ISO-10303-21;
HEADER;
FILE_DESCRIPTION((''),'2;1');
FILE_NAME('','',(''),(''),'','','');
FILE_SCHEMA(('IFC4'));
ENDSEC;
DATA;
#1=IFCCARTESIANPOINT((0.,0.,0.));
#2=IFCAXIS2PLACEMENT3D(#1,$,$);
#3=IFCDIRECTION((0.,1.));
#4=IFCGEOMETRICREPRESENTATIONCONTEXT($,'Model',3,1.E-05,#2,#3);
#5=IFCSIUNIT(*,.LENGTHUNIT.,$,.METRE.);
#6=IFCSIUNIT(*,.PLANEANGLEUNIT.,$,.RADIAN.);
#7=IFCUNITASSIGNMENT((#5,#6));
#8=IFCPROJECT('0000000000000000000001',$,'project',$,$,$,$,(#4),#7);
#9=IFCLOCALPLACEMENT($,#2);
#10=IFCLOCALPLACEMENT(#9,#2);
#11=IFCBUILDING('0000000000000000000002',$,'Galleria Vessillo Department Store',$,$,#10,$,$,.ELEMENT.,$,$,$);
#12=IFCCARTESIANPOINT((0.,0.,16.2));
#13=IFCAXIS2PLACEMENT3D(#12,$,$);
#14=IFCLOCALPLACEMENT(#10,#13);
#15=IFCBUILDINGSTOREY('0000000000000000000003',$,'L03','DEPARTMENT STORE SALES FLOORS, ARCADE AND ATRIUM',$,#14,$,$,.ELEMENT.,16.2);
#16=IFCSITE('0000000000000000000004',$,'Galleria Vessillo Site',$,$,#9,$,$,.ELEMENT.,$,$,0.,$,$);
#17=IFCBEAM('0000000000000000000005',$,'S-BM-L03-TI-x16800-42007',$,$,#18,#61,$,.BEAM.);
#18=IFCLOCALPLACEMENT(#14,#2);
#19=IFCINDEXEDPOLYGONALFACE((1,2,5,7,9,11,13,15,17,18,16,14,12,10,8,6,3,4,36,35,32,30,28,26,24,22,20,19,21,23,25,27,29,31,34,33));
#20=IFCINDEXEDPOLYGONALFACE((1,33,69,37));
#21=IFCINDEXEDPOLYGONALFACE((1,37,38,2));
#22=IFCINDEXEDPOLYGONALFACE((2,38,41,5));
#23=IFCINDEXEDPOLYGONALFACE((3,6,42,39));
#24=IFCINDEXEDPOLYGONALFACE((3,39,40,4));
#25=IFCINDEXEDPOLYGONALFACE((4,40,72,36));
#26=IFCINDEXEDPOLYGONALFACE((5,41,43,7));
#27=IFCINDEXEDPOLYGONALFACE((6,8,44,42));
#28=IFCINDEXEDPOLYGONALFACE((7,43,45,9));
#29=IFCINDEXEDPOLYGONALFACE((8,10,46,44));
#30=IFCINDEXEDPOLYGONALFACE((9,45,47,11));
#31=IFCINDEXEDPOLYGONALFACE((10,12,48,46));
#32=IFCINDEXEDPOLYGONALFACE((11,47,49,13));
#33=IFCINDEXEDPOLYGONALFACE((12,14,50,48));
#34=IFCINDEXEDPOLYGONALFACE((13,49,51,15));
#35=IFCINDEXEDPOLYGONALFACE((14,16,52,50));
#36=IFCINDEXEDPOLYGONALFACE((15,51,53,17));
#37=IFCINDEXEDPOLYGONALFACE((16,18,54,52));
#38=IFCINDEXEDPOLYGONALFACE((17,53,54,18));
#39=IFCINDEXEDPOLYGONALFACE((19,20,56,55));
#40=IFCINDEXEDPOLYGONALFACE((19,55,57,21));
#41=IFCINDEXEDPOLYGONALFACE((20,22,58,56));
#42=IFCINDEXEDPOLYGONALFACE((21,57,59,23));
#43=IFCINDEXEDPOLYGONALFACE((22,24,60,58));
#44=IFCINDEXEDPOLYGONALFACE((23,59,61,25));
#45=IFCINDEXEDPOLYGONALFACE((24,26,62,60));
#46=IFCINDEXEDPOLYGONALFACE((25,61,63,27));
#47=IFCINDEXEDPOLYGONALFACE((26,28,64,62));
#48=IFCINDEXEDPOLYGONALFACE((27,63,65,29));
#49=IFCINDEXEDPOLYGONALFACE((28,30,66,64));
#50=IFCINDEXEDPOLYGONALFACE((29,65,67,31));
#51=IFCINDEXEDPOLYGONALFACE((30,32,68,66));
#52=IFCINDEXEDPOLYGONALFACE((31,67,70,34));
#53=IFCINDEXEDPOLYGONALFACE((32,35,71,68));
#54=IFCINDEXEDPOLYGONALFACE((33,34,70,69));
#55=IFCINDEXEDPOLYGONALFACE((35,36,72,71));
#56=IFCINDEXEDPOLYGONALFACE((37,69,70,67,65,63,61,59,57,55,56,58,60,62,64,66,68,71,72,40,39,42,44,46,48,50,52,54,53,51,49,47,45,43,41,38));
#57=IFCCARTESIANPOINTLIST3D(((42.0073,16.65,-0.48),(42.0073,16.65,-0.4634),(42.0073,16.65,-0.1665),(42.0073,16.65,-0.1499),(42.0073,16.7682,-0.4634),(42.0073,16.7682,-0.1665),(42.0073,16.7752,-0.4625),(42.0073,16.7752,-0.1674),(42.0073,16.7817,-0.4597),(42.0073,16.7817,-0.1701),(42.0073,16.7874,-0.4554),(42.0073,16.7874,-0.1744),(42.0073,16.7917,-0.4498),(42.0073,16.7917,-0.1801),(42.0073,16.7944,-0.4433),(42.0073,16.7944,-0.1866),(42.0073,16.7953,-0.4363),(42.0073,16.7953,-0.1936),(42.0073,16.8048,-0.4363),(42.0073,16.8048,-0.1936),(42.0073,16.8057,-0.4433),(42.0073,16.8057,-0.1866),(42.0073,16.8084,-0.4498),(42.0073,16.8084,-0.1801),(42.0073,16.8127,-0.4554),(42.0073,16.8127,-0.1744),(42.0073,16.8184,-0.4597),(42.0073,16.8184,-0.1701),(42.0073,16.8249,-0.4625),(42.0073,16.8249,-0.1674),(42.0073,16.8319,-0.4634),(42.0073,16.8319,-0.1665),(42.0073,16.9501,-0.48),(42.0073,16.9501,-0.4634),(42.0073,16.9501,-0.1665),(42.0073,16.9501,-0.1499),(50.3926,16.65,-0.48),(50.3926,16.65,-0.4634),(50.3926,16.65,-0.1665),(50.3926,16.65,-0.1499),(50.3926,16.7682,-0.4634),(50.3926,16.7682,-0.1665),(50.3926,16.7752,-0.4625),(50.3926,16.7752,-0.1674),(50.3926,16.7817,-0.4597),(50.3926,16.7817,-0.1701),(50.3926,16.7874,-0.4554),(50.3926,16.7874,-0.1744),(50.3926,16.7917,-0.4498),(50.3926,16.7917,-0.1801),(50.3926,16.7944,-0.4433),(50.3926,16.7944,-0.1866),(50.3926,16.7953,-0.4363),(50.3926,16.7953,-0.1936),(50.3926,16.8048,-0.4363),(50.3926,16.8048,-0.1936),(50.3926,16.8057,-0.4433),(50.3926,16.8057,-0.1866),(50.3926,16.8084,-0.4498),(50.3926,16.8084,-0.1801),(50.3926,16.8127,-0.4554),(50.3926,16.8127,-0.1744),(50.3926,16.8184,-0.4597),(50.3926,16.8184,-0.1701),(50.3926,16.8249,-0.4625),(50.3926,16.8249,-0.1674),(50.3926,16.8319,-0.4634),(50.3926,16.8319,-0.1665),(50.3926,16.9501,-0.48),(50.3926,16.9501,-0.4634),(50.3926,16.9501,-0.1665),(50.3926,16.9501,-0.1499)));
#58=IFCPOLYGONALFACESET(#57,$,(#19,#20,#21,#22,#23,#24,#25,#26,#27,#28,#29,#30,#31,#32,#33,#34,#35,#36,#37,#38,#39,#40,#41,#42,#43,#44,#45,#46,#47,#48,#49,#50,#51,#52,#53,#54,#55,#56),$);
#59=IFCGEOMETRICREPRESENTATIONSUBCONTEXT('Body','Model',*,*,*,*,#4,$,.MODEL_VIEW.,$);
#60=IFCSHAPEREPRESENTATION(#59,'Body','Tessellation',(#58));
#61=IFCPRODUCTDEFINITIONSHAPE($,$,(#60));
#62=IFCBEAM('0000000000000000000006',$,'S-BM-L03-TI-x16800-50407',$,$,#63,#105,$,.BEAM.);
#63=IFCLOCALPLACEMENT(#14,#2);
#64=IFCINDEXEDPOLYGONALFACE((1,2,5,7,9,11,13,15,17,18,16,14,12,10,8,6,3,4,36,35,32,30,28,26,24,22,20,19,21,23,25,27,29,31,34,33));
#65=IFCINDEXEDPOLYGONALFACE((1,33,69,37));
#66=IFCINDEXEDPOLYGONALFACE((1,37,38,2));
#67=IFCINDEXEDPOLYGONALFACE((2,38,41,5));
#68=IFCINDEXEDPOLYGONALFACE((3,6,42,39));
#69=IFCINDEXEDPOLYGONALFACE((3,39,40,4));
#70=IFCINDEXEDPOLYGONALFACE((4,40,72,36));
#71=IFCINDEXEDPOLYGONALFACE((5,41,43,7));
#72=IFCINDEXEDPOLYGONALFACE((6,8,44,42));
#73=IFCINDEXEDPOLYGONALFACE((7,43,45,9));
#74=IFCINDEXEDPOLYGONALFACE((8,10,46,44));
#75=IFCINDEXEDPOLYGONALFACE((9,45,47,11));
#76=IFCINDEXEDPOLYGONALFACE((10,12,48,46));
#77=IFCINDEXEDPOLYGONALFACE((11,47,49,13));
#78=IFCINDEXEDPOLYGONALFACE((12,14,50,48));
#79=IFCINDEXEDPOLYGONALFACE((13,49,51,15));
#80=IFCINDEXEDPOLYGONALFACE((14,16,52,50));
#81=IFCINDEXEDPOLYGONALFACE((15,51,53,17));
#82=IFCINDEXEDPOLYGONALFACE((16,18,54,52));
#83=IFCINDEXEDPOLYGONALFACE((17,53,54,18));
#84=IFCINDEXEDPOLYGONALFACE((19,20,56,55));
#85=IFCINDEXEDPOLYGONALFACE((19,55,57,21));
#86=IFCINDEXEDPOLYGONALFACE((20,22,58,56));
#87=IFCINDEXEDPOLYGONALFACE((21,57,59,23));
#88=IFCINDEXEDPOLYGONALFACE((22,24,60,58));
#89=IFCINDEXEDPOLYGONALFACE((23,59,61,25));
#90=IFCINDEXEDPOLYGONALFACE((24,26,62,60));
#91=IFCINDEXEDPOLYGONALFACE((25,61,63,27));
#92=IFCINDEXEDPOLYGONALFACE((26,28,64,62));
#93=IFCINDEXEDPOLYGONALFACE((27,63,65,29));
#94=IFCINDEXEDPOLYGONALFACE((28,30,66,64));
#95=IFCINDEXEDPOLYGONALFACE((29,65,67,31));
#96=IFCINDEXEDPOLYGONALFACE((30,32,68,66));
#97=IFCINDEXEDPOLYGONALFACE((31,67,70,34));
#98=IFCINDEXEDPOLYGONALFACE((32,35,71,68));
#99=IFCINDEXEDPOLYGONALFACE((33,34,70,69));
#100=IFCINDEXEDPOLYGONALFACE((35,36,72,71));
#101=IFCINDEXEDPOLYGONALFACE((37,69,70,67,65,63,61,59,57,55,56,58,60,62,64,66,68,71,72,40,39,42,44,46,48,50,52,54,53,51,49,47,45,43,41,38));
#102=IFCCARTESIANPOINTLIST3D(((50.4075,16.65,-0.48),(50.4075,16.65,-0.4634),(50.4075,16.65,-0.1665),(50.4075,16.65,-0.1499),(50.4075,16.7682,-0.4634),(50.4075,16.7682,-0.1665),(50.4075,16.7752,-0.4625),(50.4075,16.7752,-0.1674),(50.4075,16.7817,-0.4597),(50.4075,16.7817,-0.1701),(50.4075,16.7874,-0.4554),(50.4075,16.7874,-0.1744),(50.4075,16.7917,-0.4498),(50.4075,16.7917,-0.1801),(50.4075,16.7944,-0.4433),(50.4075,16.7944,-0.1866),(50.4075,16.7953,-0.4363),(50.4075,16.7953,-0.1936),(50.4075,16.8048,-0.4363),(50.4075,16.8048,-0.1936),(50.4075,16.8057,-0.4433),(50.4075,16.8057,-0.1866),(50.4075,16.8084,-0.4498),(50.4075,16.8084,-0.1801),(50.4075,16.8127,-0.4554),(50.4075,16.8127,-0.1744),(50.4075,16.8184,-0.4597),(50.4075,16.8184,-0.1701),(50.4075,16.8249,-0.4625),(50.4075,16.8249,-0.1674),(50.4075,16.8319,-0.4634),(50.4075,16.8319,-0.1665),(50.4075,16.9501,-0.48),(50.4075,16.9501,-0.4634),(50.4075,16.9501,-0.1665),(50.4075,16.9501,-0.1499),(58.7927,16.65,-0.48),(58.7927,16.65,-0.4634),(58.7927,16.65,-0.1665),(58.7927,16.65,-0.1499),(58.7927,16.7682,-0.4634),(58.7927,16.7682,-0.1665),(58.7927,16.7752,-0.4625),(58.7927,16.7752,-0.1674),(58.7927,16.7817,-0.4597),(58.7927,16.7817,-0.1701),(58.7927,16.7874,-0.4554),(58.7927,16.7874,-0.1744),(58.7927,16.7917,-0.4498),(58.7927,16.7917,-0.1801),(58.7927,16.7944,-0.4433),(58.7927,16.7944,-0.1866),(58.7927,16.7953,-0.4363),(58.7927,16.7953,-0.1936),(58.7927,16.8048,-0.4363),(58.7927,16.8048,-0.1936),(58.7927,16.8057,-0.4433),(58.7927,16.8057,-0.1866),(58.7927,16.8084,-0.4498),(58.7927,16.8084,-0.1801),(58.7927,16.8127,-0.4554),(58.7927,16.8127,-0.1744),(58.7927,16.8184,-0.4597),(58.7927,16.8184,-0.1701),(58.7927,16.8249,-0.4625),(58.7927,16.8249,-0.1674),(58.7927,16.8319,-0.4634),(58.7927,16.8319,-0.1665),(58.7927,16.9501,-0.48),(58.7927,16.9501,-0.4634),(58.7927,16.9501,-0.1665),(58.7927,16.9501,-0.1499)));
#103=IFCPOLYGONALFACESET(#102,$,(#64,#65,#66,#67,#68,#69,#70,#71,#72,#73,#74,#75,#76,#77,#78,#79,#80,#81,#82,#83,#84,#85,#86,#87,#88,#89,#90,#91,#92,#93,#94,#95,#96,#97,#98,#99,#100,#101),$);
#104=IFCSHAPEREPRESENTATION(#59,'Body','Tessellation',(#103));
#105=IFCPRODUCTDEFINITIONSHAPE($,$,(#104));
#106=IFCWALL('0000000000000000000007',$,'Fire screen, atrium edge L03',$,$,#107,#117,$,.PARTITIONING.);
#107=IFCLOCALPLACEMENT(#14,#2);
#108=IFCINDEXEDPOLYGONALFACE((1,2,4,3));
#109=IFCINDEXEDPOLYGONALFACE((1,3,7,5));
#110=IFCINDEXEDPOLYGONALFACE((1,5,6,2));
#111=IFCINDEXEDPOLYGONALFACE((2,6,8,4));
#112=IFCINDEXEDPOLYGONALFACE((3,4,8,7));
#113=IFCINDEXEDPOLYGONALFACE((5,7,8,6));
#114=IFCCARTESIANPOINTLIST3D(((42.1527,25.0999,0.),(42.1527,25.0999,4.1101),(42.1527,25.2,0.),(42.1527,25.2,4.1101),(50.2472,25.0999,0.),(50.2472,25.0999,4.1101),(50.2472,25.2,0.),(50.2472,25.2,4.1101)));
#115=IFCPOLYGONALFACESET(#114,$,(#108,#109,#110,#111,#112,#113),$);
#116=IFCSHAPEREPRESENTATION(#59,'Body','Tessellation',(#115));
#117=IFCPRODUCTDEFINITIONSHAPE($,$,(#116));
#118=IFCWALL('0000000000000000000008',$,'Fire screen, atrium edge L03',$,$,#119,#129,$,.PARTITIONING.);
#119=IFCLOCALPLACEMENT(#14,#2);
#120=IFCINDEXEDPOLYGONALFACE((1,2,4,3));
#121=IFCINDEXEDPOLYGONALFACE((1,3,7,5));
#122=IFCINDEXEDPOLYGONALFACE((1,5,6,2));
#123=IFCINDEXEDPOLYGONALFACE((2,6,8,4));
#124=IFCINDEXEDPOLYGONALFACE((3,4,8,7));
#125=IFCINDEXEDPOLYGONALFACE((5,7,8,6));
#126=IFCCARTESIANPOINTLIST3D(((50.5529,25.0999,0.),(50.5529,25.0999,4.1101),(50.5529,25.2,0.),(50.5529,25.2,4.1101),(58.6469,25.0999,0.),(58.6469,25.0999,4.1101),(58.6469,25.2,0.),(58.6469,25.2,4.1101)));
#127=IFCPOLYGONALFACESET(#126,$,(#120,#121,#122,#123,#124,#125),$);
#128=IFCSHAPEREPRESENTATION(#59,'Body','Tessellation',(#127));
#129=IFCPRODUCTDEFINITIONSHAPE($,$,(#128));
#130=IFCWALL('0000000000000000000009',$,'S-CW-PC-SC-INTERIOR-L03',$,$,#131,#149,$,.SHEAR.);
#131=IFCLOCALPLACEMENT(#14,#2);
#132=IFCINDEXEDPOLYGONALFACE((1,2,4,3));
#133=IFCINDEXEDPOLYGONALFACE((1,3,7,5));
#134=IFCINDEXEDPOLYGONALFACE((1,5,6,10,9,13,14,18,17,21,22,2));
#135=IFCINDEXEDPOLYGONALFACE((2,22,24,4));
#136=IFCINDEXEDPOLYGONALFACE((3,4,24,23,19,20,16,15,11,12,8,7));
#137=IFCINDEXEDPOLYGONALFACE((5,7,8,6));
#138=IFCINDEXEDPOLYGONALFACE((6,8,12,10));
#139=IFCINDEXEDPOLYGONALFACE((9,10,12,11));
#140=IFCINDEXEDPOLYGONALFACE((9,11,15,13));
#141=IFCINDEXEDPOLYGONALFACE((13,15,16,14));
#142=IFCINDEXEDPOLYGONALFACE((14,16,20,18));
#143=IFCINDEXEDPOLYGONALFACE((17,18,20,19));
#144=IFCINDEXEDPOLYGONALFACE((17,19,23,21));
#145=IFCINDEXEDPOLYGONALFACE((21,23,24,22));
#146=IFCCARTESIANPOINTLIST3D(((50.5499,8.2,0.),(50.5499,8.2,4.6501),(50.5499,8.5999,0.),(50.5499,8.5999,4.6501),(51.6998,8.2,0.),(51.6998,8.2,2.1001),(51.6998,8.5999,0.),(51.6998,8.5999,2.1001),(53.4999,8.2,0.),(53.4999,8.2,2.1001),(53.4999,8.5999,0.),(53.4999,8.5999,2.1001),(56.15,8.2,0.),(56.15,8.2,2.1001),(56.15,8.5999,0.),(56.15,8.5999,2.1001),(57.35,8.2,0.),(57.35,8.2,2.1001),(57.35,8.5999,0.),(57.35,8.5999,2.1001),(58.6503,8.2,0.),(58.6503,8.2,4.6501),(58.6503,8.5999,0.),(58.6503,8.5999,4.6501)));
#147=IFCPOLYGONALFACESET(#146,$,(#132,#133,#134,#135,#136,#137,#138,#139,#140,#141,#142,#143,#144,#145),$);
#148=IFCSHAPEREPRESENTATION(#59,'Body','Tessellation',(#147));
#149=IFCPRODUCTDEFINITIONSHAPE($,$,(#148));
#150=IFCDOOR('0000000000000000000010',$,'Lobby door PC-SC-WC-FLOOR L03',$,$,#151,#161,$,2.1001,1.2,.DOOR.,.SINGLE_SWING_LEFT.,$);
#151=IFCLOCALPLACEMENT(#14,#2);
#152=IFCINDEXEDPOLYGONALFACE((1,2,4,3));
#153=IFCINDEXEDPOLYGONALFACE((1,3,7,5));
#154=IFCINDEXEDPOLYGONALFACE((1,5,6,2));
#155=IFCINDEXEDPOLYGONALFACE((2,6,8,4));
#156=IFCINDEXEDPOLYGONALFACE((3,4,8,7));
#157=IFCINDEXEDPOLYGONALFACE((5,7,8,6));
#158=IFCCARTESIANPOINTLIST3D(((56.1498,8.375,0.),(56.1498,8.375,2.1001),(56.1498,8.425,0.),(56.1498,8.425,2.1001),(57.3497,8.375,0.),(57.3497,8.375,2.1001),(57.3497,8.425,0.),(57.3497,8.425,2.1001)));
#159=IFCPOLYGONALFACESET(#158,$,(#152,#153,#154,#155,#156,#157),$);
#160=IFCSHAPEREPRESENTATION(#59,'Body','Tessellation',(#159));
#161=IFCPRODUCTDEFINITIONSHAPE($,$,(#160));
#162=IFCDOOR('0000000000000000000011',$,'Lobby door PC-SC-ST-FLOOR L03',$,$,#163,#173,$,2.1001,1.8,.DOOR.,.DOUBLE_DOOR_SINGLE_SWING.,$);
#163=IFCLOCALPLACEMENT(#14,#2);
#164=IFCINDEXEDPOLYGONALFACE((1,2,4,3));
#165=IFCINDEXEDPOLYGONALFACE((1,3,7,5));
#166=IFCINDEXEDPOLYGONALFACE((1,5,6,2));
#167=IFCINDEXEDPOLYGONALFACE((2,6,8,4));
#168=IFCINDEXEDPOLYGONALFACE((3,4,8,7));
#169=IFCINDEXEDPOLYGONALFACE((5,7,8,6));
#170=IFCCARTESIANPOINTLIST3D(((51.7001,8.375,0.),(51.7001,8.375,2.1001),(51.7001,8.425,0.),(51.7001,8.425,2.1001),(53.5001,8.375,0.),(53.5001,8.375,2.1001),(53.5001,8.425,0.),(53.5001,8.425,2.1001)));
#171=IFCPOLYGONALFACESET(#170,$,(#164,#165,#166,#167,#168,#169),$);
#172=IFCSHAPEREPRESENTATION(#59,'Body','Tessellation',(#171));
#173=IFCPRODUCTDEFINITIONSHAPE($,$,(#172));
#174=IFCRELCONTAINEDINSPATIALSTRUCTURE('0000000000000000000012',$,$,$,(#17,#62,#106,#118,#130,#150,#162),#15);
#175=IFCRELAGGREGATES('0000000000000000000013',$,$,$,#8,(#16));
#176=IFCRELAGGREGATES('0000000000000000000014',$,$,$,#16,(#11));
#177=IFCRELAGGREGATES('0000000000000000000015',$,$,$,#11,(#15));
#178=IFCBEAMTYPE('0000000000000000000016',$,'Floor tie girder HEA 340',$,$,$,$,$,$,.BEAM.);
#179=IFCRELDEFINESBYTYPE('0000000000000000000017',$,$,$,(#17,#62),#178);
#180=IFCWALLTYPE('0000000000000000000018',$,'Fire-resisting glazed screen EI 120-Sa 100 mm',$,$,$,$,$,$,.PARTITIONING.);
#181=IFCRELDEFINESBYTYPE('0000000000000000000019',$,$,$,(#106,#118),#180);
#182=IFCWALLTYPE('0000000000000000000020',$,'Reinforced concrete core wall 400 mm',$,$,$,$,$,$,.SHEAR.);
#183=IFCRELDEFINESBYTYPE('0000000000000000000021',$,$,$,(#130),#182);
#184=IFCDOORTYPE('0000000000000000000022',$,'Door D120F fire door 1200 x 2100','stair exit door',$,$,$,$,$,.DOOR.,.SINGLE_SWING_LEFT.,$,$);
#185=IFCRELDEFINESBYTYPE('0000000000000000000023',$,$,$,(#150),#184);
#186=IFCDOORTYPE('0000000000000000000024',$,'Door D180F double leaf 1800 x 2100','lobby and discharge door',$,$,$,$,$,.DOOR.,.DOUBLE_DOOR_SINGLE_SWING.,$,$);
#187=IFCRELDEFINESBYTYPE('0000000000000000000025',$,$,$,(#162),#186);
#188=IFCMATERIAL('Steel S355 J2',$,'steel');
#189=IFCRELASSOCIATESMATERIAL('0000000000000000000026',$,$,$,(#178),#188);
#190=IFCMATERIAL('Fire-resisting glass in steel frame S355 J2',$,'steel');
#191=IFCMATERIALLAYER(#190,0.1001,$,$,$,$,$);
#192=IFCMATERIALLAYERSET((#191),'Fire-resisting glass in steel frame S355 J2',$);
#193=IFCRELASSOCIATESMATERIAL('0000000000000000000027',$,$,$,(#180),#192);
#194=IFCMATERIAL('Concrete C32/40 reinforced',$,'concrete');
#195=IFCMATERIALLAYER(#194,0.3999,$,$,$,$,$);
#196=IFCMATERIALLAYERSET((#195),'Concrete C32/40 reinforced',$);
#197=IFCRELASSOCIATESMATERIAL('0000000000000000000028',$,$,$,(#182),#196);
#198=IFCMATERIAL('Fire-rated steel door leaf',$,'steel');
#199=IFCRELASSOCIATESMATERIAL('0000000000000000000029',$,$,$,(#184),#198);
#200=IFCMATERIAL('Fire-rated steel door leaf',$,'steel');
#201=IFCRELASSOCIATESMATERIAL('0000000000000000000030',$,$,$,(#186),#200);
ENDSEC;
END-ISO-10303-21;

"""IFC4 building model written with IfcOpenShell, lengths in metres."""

from ifc_helpers import new_model, si_unit, direction, frame, frame_2d, origin, origin_2d, place, context, subcontext, project, spatial, rectangle, i_section, extrude, material, layer, layer_set, material_profile, profile_set, type_object, element, fill, save


model = new_model("IFC4")

# Units and contexts
model_context = context("Model", 3, precision=1e-05, world=origin(), true_north=direction((0.0, 1.0)))
body_context = subcontext(model_context, "Body", "Model", "MODEL_VIEW")
ifc_project = project(units=[si_unit("LENGTHUNIT", "METRE"), si_unit("PLANEANGLEUNIT", "RADIAN")], contexts=[model_context])

# Site, building, storey
site_placement = place(None, origin())
site = spatial("IfcSite", under=ifc_project, at=site_placement, Name="Galleria Vessillo Site", CompositionType="ELEMENT", RefElevation=0.0)
building_placement = place(site_placement, origin())
building = spatial("IfcBuilding", under=site, at=building_placement, Name="Galleria Vessillo Department Store", CompositionType="ELEMENT")
storey_placement = place(building_placement, frame((0.0, 0.0, 16.2)))
storey = spatial("IfcBuildingStorey", under=building, at=storey_placement, Name="L03", Description="DEPARTMENT STORE SALES FLOORS, ARCADE AND ATRIUM", CompositionType="ELEMENT", Elevation=16.2)

# Beams
ifc_material_1 = material(Name="Steel S355 J2", Category="steel")
ifc_material_profile_1 = material_profile(ifc_material_1, i_section(OverallWidth=0.3, OverallDepth=0.3301, WebThickness=0.0095, FlangeThickness=0.0166, FilletRadius=0.0271, at=origin_2d()), Name="HEA 340")
ifc_profile_set_1 = profile_set([ifc_material_profile_1], Name="Steel S355 J2")
beam_type_1 = type_object("IfcBeamType", Name="Floor tie girder HEA 340", PredefinedType="BEAM", material=ifc_profile_set_1)
for number, where, z_axis, x_axis, name in (
    (1, (42.0073, 16.8, -0.3149), (1.0, 0.0, 0.0), (0.0, 1.0, 0.0), "S-BM-L03-TI-x16800-42007"),
    (2, (50.4075, 16.8, -0.3149), (1.0, 0.0, 0.0), (0.0, 1.0, 0.0), "S-BM-L03-TI-x16800-50407"),
):
    element("IfcBeam", number, at=place(storey_placement, frame(where, z_axis=z_axis, x_axis=x_axis)), inside=storey, type_object=beam_type_1, Name=name, PredefinedType="BEAM", context=body_context, shape_type="SweptSolid", body=[
        extrude(i_section(OverallWidth=0.3, OverallDepth=0.3301, WebThickness=0.0095, FlangeThickness=0.0166, FilletRadius=0.0271, at=origin_2d()), origin(), (0.0, 0.0, 1.0), 8.3853),
    ])

# Walls
ifc_material_2 = material(Name="Fire-resisting glass in steel frame S355 J2", Category="steel")
ifc_layer_1 = layer(ifc_material_2, 0.1001)
ifc_layer_set_1 = layer_set([ifc_layer_1], Name="Fire-resisting glass in steel frame S355 J2")
wall_type_1 = type_object("IfcWallType", Name="Fire-resisting glazed screen EI 120-Sa 100 mm", PredefinedType="PARTITIONING", material=ifc_layer_set_1)
wall_1_placement = place(storey_placement, frame((42.1526, 25.1499, 0.0), z_axis=(0.0, 0.0, 1.0), x_axis=(1.0, 0.0, 0.0)))
element("IfcWall", 3, at=wall_1_placement, inside=storey, type_object=wall_type_1, Name="Fire screen, atrium edge L03", PredefinedType="PARTITIONING", context=body_context, shape_type="SweptSolid", body=[
    extrude(rectangle(XDim=8.0945, YDim=0.1001, at=frame_2d((4.0474, 0.0))), origin(), (0.0, 0.0, 1.0), 4.1101),
])
wall_2_placement = place(storey_placement, frame((50.553, 25.1499, 0.0), z_axis=(0.0, 0.0, 1.0), x_axis=(1.0, 0.0, 0.0)))
element("IfcWall", 4, at=wall_2_placement, inside=storey, type_object=wall_type_1, Name="Fire screen, atrium edge L03", PredefinedType="PARTITIONING", context=body_context, shape_type="SweptSolid", body=[
    extrude(rectangle(XDim=8.094, YDim=0.1001, at=frame_2d((4.0469, 0.0))), origin(), (0.0, 0.0, 1.0), 4.1101),
])

# Wall, openings, doors
ifc_material_3 = material(Name="Concrete C32/40 reinforced", Category="concrete")
ifc_layer_2 = layer(ifc_material_3, 0.3999)
ifc_layer_set_2 = layer_set([ifc_layer_2], Name="Concrete C32/40 reinforced")
wall_type_2 = type_object("IfcWallType", Name="Reinforced concrete core wall 400 mm", PredefinedType="SHEAR", material=ifc_layer_set_2)
wall_3_placement = place(storey_placement, frame((50.5498, 8.3999, 0.0), z_axis=(0.0, 0.0, 1.0), x_axis=(1.0, 0.0, 0.0)))
wall_3 = element("IfcWall", 5, at=wall_3_placement, inside=storey, type_object=wall_type_2, Name="S-CW-PC-SC-INTERIOR-L03", PredefinedType="SHEAR", context=body_context, shape_type="SweptSolid", body=[
    extrude(rectangle(XDim=8.1003, YDim=0.3999, at=frame_2d((4.0503, 0.0))), origin(), (0.0, 0.0, 1.0), 4.6501),
])
opening_1_placement = place(wall_3_placement, frame((1.1501, 0.0, 0.0)))
opening_1 = element("IfcOpeningElement", 6, at=opening_1_placement, cuts=wall_3, PredefinedType="OPENING", context=body_context, shape_type="SweptSolid", body=[
    extrude(rectangle(XDim=1.8, YDim=2.1001, at=frame_2d((0.8999, 1.05))), frame((0.0, 0.21, 0.0), z_axis=(0.0, -1.0, 0.0), x_axis=(1.0, 0.0, 0.0)), (0.0, 0.0, 1.0), 0.4199),
])
opening_2_placement = place(wall_3_placement, frame((5.6001, 0.0, 0.0)))
opening_2 = element("IfcOpeningElement", 7, at=opening_2_placement, cuts=wall_3, PredefinedType="OPENING", context=body_context, shape_type="SweptSolid", body=[
    extrude(rectangle(XDim=1.2, YDim=2.1001, at=frame_2d((0.6001, 1.05))), frame((0.0, 0.21, 0.0), z_axis=(0.0, -1.0, 0.0), x_axis=(1.0, 0.0, 0.0)), (0.0, 0.0, 1.0), 0.4199),
])
ifc_material_4 = material(Name="Fire-rated steel door leaf", Category="steel")
door_type_1 = type_object("IfcDoorType", Name="Door D120F fire door 1200 x 2100", Description="stair exit door", OperationType="SINGLE_SWING_LEFT", PredefinedType="DOOR", material=ifc_material_4)
door_1_placement = place(opening_2_placement, frame((1.2, 0.0, 0.0), z_axis=(0.0, 0.0, 1.0), x_axis=(-1.0, 0.0, 0.0)))
door_1 = element("IfcDoor", 8, at=door_1_placement, inside=storey, type_object=door_type_1, Name="Lobby door PC-SC-WC-FLOOR L03", OperationType="SINGLE_SWING_LEFT", OverallHeight=2.1001, OverallWidth=1.2, PredefinedType="DOOR", context=body_context, shape_type="SweptSolid", body=[
    extrude(rectangle(XDim=1.2, YDim=2.1001, at=frame_2d((0.6001, 1.05))), frame((0.0, 0.0249, 0.0), z_axis=(0.0, -1.0, 0.0), x_axis=(1.0, 0.0, 0.0)), (0.0, 0.0, 1.0), 0.05),
])
fill(opening_2, door_1)
ifc_material_5 = material(Name="Fire-rated steel door leaf", Category="steel")
door_type_2 = type_object("IfcDoorType", Name="Door D180F double leaf 1800 x 2100", Description="lobby and discharge door", OperationType="DOUBLE_DOOR_SINGLE_SWING", PredefinedType="DOOR", material=ifc_material_5)
door_2_placement = place(opening_1_placement, frame((1.8, 0.0, 0.0), z_axis=(0.0, 0.0, 1.0), x_axis=(-1.0, 0.0, 0.0)))
door_2 = element("IfcDoor", 9, at=door_2_placement, inside=storey, type_object=door_type_2, Name="Lobby door PC-SC-ST-FLOOR L03", OperationType="DOUBLE_DOOR_SINGLE_SWING", OverallHeight=2.1001, OverallWidth=1.8, PredefinedType="DOOR", context=body_context, shape_type="SweptSolid", body=[
    extrude(rectangle(XDim=1.8, YDim=2.1001, at=frame_2d((0.8999, 1.05))), frame((0.0, 0.0249, 0.0), z_axis=(0.0, -1.0, 0.0), x_axis=(1.0, 0.0, 0.0)), (0.0, 0.0, 1.0), 0.05),
])
fill(opening_1, door_2)

save(model, "model.ifc")
